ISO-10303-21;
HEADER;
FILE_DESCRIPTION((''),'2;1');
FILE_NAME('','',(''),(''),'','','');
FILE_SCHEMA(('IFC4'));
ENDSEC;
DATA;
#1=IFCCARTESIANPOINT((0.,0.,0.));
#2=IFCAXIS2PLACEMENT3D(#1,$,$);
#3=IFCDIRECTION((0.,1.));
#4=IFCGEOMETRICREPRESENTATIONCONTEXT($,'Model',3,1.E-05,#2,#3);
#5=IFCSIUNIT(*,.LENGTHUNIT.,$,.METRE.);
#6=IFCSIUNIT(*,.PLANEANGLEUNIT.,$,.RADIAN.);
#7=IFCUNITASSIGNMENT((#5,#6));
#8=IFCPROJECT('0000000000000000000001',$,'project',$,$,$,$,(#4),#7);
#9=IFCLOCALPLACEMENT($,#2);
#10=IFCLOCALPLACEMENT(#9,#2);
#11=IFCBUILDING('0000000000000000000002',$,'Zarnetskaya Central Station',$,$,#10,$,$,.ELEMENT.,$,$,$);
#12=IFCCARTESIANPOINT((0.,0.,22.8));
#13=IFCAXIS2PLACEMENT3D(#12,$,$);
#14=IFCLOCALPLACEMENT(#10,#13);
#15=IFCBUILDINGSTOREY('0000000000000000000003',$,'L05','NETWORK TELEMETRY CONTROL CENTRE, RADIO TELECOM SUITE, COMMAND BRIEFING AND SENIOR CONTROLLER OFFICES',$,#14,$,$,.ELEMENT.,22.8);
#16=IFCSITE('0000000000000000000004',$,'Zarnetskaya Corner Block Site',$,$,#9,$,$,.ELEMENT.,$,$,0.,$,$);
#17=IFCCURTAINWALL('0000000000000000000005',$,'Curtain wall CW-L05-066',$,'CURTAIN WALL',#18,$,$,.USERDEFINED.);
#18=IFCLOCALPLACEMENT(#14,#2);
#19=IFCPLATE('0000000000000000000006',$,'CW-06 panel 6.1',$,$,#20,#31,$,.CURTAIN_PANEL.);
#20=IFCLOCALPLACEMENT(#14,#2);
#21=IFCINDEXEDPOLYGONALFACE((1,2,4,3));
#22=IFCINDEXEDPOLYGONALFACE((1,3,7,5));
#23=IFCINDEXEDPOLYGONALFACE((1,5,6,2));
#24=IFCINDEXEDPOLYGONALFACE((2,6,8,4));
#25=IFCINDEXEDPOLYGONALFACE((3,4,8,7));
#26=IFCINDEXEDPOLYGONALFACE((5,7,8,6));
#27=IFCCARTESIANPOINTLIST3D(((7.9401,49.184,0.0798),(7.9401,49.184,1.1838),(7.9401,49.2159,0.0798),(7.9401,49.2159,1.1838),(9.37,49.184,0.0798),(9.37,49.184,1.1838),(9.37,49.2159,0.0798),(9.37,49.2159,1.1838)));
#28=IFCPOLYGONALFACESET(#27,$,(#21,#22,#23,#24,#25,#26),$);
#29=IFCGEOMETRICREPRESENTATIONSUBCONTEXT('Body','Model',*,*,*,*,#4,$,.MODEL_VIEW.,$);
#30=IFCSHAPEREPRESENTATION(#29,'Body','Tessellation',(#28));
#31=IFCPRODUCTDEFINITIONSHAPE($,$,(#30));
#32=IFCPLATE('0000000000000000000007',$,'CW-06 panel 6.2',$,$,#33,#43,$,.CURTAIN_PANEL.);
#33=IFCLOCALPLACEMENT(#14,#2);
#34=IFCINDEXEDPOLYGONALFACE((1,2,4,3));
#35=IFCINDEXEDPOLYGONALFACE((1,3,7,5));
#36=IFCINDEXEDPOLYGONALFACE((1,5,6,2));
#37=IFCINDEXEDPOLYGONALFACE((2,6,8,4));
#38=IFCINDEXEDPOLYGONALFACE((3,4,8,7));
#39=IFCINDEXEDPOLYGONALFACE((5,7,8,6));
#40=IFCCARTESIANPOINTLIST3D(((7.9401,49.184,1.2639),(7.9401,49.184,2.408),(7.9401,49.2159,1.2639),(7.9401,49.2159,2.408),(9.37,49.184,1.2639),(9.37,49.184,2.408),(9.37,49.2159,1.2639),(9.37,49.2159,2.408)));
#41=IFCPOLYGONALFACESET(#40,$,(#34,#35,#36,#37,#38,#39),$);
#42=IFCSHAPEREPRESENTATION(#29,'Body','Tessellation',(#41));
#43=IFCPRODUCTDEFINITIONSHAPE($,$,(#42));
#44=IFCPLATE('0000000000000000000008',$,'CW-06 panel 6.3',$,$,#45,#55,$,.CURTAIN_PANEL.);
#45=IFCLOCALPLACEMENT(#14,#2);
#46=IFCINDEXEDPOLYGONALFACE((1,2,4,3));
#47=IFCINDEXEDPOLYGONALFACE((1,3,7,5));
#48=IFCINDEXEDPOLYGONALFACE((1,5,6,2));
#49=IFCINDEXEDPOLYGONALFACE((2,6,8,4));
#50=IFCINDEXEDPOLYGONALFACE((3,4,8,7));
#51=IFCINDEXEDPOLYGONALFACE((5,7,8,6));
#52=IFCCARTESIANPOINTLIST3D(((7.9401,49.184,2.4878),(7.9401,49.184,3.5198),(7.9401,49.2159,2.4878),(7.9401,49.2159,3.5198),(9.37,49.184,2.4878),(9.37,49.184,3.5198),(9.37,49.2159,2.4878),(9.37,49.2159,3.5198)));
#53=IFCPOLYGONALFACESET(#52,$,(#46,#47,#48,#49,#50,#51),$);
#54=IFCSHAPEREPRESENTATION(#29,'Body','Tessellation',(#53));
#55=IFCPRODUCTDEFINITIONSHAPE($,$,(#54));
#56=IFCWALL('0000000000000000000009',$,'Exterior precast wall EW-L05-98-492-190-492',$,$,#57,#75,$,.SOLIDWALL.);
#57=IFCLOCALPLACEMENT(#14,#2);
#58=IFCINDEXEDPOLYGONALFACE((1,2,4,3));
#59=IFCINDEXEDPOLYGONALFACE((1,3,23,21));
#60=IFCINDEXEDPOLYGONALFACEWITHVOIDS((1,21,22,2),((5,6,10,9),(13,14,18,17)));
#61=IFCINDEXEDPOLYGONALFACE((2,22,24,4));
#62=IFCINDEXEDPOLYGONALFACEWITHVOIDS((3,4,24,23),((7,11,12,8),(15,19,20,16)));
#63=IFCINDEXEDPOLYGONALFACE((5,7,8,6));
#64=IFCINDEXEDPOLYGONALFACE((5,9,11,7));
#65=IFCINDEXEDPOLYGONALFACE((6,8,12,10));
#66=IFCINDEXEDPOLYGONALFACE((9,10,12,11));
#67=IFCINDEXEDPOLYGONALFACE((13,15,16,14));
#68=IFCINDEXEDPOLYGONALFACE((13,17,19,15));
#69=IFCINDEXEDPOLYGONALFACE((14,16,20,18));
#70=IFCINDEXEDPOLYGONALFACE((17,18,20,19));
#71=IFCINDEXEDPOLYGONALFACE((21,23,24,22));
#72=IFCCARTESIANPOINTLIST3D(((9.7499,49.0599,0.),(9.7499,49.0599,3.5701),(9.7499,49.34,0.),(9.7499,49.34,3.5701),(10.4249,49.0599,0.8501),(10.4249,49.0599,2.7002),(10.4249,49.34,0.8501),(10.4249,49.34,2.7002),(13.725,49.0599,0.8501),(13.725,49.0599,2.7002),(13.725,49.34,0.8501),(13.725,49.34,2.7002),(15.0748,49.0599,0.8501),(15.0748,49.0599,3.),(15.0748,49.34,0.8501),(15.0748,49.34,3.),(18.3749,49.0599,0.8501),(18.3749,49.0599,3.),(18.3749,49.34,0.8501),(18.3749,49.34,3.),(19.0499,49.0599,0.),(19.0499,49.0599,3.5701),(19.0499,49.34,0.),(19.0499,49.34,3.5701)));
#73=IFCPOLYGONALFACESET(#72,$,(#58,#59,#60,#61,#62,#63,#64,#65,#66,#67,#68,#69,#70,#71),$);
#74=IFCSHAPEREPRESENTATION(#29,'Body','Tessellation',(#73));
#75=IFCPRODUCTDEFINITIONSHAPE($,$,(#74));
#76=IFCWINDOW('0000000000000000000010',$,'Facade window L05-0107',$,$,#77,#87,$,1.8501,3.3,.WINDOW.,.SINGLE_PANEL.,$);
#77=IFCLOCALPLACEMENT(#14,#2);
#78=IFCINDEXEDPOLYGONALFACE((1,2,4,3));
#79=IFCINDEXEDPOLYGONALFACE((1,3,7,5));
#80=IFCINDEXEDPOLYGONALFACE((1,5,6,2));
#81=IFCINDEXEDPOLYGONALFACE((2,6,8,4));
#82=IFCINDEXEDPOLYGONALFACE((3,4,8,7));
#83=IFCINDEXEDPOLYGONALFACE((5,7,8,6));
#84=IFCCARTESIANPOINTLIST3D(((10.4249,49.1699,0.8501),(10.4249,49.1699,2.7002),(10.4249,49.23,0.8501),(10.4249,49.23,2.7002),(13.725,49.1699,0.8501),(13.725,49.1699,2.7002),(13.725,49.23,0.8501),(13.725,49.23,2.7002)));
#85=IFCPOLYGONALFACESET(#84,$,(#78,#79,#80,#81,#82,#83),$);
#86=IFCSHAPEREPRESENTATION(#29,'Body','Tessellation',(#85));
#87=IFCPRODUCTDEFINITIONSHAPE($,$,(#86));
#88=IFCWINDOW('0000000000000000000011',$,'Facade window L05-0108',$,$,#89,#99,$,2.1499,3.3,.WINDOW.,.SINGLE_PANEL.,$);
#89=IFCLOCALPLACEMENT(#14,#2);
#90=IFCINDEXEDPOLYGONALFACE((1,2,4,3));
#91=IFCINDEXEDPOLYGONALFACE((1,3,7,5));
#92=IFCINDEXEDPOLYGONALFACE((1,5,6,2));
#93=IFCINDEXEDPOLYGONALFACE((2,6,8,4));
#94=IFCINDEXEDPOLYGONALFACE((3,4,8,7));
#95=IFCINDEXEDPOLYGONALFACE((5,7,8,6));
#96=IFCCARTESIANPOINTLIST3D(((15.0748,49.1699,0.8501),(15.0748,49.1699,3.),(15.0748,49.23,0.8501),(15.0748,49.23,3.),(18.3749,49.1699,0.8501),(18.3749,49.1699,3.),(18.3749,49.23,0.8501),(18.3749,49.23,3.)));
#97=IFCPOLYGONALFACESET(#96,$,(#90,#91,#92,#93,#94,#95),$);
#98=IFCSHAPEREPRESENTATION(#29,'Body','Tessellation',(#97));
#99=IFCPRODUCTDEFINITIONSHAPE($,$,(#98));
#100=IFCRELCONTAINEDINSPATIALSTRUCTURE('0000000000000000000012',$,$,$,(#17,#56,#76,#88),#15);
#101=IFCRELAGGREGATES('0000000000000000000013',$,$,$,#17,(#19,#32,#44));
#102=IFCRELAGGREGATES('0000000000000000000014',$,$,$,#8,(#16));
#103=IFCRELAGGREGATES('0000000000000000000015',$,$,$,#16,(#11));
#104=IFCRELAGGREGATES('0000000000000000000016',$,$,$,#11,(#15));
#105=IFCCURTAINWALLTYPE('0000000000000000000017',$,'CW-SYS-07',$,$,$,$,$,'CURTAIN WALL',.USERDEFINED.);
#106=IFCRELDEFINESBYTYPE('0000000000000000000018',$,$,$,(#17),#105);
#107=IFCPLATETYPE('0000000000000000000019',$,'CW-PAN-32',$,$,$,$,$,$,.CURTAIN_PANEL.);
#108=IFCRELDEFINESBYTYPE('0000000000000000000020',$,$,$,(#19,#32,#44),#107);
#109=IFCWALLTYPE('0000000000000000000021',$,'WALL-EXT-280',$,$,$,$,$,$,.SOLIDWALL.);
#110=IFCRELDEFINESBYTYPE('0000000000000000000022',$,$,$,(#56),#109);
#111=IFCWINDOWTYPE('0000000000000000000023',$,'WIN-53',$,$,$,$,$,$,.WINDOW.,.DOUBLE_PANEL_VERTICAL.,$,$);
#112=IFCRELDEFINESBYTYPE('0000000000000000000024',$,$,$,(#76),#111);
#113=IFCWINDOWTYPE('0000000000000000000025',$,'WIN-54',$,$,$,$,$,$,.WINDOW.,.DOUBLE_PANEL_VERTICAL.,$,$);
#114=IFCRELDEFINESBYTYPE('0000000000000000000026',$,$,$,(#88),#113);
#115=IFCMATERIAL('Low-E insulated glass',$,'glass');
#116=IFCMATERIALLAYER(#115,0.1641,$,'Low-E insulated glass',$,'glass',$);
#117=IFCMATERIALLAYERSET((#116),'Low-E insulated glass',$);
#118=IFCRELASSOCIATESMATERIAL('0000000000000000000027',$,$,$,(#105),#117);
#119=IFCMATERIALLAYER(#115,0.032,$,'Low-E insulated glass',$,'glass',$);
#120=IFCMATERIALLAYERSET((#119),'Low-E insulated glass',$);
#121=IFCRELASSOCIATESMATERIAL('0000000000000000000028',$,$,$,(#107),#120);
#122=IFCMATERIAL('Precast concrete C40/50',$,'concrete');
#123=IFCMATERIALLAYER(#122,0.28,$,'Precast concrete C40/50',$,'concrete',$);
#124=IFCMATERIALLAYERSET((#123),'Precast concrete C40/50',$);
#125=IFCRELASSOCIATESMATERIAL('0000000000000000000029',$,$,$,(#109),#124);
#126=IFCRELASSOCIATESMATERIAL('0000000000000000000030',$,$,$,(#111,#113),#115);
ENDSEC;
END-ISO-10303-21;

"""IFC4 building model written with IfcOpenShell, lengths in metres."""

from ifc_helpers import new_model, si_unit, direction, frame, frame_2d, origin, origin_2d, place, context, subcontext, project, spatial, rectangle, extrude, material, layer, layer_set, type_object, element, fill, aggregate, save


model = new_model("IFC4")

# Units and contexts
model_context = context("Model", 3, precision=1e-05, world=origin(), true_north=direction((0.0, 1.0)))
body_context = subcontext(model_context, "Body", "Model", "MODEL_VIEW")
ifc_project = project(units=[si_unit("LENGTHUNIT", "METRE"), si_unit("PLANEANGLEUNIT", "RADIAN")], contexts=[model_context])

# Site, building, storey
site_placement = place(None, origin())
site = spatial("IfcSite", under=ifc_project, at=site_placement, Name="Zarnetskaya Corner Block Site", CompositionType="ELEMENT", RefElevation=0.0)
building_placement = place(site_placement, origin())
building = spatial("IfcBuilding", under=site, at=building_placement, Name="Zarnetskaya Central Station", CompositionType="ELEMENT")
storey_placement = place(building_placement, frame((0.0, 0.0, 22.8)))
storey = spatial("IfcBuildingStorey", under=building, at=storey_placement, Name="L05", Description="NETWORK TELEMETRY CONTROL CENTRE, RADIO TELECOM SUITE, COMMAND BRIEFING AND SENIOR CONTROLLER OFFICES", CompositionType="ELEMENT", Elevation=22.8)

# Curtain wall
ifc_material_1 = material(Name="Low-E insulated glass", Category="glass")
ifc_layer_1 = layer(ifc_material_1, 0.1641, Name="Low-E insulated glass", Category="glass")
ifc_layer_set_1 = layer_set([ifc_layer_1], Name="Low-E insulated glass")
curtain_wall_type = type_object("IfcCurtainWallType", Name="CW-SYS-07", ElementType="CURTAIN WALL", PredefinedType="USERDEFINED", material=ifc_layer_set_1)
curtain_wall_1_placement = place(storey_placement, origin())
curtain_wall_1 = element("IfcCurtainWall", 1, at=curtain_wall_1_placement, inside=storey, type_object=curtain_wall_type, Name="Curtain wall CW-L05-066", ObjectType="CURTAIN WALL", PredefinedType="USERDEFINED")

# Plates
ifc_layer_2 = layer(ifc_material_1, 0.032, Name="Low-E insulated glass", Category="glass")
ifc_layer_set_2 = layer_set([ifc_layer_2], Name="Low-E insulated glass")
plate_type = type_object("IfcPlateType", Name="CW-PAN-32", PredefinedType="CURTAIN_PANEL", material=ifc_layer_set_2)
plate_1_placement = place(storey_placement, frame((8.655, 49.2, 0.0798), z_axis=(0.0, 0.0, 1.0), x_axis=(1.0, 0.0, 0.0)))
plate_1 = element("IfcPlate", 2, at=plate_1_placement, type_object=plate_type, Name="CW-06 panel 6.1", PredefinedType="CURTAIN_PANEL", context=body_context, shape_type="SweptSolid", body=[
    extrude(rectangle(XDim=1.4299, YDim=0.032, at=origin_2d()), origin(), (0.0, 0.0, 1.0), 1.104),
])
plate_2_placement = place(storey_placement, frame((8.655, 49.2, 1.2639), z_axis=(0.0, 0.0, 1.0), x_axis=(1.0, 0.0, 0.0)))
plate_2 = element("IfcPlate", 3, at=plate_2_placement, type_object=plate_type, Name="CW-06 panel 6.2", PredefinedType="CURTAIN_PANEL", context=body_context, shape_type="SweptSolid", body=[
    extrude(rectangle(XDim=1.4299, YDim=0.032, at=origin_2d()), origin(), (0.0, 0.0, 1.0), 1.144),
])
plate_3_placement = place(storey_placement, frame((8.655, 49.2, 2.4878), z_axis=(0.0, 0.0, 1.0), x_axis=(1.0, 0.0, 0.0)))
plate_3 = element("IfcPlate", 4, at=plate_3_placement, type_object=plate_type, Name="CW-06 panel 6.3", PredefinedType="CURTAIN_PANEL", context=body_context, shape_type="SweptSolid", body=[
    extrude(rectangle(XDim=1.4299, YDim=0.032, at=origin_2d()), origin(), (0.0, 0.0, 1.0), 1.032),
])
aggregate(curtain_wall_1, [plate_1, plate_2, plate_3])

# Wall, openings, windows
ifc_material_2 = material(Name="Precast concrete C40/50", Category="concrete")
ifc_layer_3 = layer(ifc_material_2, 0.28, Name="Precast concrete C40/50", Category="concrete")
ifc_layer_set_3 = layer_set([ifc_layer_3], Name="Precast concrete C40/50")
wall_type = type_object("IfcWallType", Name="WALL-EXT-280", PredefinedType="SOLIDWALL", material=ifc_layer_set_3)
wall_placement = place(storey_placement, frame((9.75, 49.2, 0.0), z_axis=(0.0, 0.0, 1.0), x_axis=(1.0, 0.0, 0.0)))
wall = element("IfcWall", 5, at=wall_placement, inside=storey, type_object=wall_type, Name="Exterior precast wall EW-L05-98-492-190-492", PredefinedType="SOLIDWALL", context=body_context, shape_type="SweptSolid", body=[
    extrude(rectangle(XDim=9.3, YDim=0.28, at=frame_2d((4.6499, 0.0))), origin(), (0.0, 0.0, 1.0), 3.5701),
])
opening_1_placement = place(wall_placement, frame((0.675, 0.0, 0.8501)))
opening_1 = element("IfcOpeningElement", 6, at=opening_1_placement, cuts=wall, PredefinedType="OPENING", context=body_context, shape_type="SweptSolid", body=[
    extrude(rectangle(XDim=3.3, YDim=1.8501, at=frame_2d((1.6499, 0.925))), frame((0.0, 0.1499, 0.0), z_axis=(0.0, -1.0, 0.0), x_axis=(1.0, 0.0, 0.0)), (0.0, 0.0, 1.0), 0.3),
])
opening_2_placement = place(wall_placement, frame((5.325, 0.0, 0.8501)))
opening_2 = element("IfcOpeningElement", 7, at=opening_2_placement, cuts=wall, PredefinedType="OPENING", context=body_context, shape_type="SweptSolid", body=[
    extrude(rectangle(XDim=3.3, YDim=2.1499, at=frame_2d((1.6499, 1.075))), frame((0.0, 0.1499, 0.0), z_axis=(0.0, -1.0, 0.0), x_axis=(1.0, 0.0, 0.0)), (0.0, 0.0, 1.0), 0.3),
])
window_type_1 = type_object("IfcWindowType", Name="WIN-53", PartitioningType="DOUBLE_PANEL_VERTICAL", PredefinedType="WINDOW", material=ifc_material_1)
window_1_placement = place(opening_1_placement, origin())
window_1 = element("IfcWindow", 8, at=window_1_placement, inside=storey, type_object=window_type_1, Name="Facade window L05-0107", OverallHeight=1.8501, OverallWidth=3.3, PartitioningType="SINGLE_PANEL", PredefinedType="WINDOW", context=body_context, shape_type="SweptSolid", body=[
    extrude(rectangle(XDim=3.3, YDim=1.8501, at=frame_2d((1.6499, 0.925))), frame((0.0, 0.03, 0.0), z_axis=(0.0, -1.0, 0.0), x_axis=(1.0, 0.0, 0.0)), (0.0, 0.0, 1.0), 0.0601),
])
fill(opening_1, window_1)
window_type_2 = type_object("IfcWindowType", Name="WIN-54", PartitioningType="DOUBLE_PANEL_VERTICAL", PredefinedType="WINDOW", material=ifc_material_1)
window_2_placement = place(opening_2_placement, origin())
window_2 = element("IfcWindow", 9, at=window_2_placement, inside=storey, type_object=window_type_2, Name="Facade window L05-0108", OverallHeight=2.1499, OverallWidth=3.3, PartitioningType="SINGLE_PANEL", PredefinedType="WINDOW", context=body_context, shape_type="SweptSolid", body=[
    extrude(rectangle(XDim=3.3, YDim=2.1499, at=frame_2d((1.6499, 1.075))), frame((0.0, 0.03, 0.0), z_axis=(0.0, -1.0, 0.0), x_axis=(1.0, 0.0, 0.0)), (0.0, 0.0, 1.0), 0.0601),
])
fill(opening_2, window_2)

save(model, "model.ifc")
